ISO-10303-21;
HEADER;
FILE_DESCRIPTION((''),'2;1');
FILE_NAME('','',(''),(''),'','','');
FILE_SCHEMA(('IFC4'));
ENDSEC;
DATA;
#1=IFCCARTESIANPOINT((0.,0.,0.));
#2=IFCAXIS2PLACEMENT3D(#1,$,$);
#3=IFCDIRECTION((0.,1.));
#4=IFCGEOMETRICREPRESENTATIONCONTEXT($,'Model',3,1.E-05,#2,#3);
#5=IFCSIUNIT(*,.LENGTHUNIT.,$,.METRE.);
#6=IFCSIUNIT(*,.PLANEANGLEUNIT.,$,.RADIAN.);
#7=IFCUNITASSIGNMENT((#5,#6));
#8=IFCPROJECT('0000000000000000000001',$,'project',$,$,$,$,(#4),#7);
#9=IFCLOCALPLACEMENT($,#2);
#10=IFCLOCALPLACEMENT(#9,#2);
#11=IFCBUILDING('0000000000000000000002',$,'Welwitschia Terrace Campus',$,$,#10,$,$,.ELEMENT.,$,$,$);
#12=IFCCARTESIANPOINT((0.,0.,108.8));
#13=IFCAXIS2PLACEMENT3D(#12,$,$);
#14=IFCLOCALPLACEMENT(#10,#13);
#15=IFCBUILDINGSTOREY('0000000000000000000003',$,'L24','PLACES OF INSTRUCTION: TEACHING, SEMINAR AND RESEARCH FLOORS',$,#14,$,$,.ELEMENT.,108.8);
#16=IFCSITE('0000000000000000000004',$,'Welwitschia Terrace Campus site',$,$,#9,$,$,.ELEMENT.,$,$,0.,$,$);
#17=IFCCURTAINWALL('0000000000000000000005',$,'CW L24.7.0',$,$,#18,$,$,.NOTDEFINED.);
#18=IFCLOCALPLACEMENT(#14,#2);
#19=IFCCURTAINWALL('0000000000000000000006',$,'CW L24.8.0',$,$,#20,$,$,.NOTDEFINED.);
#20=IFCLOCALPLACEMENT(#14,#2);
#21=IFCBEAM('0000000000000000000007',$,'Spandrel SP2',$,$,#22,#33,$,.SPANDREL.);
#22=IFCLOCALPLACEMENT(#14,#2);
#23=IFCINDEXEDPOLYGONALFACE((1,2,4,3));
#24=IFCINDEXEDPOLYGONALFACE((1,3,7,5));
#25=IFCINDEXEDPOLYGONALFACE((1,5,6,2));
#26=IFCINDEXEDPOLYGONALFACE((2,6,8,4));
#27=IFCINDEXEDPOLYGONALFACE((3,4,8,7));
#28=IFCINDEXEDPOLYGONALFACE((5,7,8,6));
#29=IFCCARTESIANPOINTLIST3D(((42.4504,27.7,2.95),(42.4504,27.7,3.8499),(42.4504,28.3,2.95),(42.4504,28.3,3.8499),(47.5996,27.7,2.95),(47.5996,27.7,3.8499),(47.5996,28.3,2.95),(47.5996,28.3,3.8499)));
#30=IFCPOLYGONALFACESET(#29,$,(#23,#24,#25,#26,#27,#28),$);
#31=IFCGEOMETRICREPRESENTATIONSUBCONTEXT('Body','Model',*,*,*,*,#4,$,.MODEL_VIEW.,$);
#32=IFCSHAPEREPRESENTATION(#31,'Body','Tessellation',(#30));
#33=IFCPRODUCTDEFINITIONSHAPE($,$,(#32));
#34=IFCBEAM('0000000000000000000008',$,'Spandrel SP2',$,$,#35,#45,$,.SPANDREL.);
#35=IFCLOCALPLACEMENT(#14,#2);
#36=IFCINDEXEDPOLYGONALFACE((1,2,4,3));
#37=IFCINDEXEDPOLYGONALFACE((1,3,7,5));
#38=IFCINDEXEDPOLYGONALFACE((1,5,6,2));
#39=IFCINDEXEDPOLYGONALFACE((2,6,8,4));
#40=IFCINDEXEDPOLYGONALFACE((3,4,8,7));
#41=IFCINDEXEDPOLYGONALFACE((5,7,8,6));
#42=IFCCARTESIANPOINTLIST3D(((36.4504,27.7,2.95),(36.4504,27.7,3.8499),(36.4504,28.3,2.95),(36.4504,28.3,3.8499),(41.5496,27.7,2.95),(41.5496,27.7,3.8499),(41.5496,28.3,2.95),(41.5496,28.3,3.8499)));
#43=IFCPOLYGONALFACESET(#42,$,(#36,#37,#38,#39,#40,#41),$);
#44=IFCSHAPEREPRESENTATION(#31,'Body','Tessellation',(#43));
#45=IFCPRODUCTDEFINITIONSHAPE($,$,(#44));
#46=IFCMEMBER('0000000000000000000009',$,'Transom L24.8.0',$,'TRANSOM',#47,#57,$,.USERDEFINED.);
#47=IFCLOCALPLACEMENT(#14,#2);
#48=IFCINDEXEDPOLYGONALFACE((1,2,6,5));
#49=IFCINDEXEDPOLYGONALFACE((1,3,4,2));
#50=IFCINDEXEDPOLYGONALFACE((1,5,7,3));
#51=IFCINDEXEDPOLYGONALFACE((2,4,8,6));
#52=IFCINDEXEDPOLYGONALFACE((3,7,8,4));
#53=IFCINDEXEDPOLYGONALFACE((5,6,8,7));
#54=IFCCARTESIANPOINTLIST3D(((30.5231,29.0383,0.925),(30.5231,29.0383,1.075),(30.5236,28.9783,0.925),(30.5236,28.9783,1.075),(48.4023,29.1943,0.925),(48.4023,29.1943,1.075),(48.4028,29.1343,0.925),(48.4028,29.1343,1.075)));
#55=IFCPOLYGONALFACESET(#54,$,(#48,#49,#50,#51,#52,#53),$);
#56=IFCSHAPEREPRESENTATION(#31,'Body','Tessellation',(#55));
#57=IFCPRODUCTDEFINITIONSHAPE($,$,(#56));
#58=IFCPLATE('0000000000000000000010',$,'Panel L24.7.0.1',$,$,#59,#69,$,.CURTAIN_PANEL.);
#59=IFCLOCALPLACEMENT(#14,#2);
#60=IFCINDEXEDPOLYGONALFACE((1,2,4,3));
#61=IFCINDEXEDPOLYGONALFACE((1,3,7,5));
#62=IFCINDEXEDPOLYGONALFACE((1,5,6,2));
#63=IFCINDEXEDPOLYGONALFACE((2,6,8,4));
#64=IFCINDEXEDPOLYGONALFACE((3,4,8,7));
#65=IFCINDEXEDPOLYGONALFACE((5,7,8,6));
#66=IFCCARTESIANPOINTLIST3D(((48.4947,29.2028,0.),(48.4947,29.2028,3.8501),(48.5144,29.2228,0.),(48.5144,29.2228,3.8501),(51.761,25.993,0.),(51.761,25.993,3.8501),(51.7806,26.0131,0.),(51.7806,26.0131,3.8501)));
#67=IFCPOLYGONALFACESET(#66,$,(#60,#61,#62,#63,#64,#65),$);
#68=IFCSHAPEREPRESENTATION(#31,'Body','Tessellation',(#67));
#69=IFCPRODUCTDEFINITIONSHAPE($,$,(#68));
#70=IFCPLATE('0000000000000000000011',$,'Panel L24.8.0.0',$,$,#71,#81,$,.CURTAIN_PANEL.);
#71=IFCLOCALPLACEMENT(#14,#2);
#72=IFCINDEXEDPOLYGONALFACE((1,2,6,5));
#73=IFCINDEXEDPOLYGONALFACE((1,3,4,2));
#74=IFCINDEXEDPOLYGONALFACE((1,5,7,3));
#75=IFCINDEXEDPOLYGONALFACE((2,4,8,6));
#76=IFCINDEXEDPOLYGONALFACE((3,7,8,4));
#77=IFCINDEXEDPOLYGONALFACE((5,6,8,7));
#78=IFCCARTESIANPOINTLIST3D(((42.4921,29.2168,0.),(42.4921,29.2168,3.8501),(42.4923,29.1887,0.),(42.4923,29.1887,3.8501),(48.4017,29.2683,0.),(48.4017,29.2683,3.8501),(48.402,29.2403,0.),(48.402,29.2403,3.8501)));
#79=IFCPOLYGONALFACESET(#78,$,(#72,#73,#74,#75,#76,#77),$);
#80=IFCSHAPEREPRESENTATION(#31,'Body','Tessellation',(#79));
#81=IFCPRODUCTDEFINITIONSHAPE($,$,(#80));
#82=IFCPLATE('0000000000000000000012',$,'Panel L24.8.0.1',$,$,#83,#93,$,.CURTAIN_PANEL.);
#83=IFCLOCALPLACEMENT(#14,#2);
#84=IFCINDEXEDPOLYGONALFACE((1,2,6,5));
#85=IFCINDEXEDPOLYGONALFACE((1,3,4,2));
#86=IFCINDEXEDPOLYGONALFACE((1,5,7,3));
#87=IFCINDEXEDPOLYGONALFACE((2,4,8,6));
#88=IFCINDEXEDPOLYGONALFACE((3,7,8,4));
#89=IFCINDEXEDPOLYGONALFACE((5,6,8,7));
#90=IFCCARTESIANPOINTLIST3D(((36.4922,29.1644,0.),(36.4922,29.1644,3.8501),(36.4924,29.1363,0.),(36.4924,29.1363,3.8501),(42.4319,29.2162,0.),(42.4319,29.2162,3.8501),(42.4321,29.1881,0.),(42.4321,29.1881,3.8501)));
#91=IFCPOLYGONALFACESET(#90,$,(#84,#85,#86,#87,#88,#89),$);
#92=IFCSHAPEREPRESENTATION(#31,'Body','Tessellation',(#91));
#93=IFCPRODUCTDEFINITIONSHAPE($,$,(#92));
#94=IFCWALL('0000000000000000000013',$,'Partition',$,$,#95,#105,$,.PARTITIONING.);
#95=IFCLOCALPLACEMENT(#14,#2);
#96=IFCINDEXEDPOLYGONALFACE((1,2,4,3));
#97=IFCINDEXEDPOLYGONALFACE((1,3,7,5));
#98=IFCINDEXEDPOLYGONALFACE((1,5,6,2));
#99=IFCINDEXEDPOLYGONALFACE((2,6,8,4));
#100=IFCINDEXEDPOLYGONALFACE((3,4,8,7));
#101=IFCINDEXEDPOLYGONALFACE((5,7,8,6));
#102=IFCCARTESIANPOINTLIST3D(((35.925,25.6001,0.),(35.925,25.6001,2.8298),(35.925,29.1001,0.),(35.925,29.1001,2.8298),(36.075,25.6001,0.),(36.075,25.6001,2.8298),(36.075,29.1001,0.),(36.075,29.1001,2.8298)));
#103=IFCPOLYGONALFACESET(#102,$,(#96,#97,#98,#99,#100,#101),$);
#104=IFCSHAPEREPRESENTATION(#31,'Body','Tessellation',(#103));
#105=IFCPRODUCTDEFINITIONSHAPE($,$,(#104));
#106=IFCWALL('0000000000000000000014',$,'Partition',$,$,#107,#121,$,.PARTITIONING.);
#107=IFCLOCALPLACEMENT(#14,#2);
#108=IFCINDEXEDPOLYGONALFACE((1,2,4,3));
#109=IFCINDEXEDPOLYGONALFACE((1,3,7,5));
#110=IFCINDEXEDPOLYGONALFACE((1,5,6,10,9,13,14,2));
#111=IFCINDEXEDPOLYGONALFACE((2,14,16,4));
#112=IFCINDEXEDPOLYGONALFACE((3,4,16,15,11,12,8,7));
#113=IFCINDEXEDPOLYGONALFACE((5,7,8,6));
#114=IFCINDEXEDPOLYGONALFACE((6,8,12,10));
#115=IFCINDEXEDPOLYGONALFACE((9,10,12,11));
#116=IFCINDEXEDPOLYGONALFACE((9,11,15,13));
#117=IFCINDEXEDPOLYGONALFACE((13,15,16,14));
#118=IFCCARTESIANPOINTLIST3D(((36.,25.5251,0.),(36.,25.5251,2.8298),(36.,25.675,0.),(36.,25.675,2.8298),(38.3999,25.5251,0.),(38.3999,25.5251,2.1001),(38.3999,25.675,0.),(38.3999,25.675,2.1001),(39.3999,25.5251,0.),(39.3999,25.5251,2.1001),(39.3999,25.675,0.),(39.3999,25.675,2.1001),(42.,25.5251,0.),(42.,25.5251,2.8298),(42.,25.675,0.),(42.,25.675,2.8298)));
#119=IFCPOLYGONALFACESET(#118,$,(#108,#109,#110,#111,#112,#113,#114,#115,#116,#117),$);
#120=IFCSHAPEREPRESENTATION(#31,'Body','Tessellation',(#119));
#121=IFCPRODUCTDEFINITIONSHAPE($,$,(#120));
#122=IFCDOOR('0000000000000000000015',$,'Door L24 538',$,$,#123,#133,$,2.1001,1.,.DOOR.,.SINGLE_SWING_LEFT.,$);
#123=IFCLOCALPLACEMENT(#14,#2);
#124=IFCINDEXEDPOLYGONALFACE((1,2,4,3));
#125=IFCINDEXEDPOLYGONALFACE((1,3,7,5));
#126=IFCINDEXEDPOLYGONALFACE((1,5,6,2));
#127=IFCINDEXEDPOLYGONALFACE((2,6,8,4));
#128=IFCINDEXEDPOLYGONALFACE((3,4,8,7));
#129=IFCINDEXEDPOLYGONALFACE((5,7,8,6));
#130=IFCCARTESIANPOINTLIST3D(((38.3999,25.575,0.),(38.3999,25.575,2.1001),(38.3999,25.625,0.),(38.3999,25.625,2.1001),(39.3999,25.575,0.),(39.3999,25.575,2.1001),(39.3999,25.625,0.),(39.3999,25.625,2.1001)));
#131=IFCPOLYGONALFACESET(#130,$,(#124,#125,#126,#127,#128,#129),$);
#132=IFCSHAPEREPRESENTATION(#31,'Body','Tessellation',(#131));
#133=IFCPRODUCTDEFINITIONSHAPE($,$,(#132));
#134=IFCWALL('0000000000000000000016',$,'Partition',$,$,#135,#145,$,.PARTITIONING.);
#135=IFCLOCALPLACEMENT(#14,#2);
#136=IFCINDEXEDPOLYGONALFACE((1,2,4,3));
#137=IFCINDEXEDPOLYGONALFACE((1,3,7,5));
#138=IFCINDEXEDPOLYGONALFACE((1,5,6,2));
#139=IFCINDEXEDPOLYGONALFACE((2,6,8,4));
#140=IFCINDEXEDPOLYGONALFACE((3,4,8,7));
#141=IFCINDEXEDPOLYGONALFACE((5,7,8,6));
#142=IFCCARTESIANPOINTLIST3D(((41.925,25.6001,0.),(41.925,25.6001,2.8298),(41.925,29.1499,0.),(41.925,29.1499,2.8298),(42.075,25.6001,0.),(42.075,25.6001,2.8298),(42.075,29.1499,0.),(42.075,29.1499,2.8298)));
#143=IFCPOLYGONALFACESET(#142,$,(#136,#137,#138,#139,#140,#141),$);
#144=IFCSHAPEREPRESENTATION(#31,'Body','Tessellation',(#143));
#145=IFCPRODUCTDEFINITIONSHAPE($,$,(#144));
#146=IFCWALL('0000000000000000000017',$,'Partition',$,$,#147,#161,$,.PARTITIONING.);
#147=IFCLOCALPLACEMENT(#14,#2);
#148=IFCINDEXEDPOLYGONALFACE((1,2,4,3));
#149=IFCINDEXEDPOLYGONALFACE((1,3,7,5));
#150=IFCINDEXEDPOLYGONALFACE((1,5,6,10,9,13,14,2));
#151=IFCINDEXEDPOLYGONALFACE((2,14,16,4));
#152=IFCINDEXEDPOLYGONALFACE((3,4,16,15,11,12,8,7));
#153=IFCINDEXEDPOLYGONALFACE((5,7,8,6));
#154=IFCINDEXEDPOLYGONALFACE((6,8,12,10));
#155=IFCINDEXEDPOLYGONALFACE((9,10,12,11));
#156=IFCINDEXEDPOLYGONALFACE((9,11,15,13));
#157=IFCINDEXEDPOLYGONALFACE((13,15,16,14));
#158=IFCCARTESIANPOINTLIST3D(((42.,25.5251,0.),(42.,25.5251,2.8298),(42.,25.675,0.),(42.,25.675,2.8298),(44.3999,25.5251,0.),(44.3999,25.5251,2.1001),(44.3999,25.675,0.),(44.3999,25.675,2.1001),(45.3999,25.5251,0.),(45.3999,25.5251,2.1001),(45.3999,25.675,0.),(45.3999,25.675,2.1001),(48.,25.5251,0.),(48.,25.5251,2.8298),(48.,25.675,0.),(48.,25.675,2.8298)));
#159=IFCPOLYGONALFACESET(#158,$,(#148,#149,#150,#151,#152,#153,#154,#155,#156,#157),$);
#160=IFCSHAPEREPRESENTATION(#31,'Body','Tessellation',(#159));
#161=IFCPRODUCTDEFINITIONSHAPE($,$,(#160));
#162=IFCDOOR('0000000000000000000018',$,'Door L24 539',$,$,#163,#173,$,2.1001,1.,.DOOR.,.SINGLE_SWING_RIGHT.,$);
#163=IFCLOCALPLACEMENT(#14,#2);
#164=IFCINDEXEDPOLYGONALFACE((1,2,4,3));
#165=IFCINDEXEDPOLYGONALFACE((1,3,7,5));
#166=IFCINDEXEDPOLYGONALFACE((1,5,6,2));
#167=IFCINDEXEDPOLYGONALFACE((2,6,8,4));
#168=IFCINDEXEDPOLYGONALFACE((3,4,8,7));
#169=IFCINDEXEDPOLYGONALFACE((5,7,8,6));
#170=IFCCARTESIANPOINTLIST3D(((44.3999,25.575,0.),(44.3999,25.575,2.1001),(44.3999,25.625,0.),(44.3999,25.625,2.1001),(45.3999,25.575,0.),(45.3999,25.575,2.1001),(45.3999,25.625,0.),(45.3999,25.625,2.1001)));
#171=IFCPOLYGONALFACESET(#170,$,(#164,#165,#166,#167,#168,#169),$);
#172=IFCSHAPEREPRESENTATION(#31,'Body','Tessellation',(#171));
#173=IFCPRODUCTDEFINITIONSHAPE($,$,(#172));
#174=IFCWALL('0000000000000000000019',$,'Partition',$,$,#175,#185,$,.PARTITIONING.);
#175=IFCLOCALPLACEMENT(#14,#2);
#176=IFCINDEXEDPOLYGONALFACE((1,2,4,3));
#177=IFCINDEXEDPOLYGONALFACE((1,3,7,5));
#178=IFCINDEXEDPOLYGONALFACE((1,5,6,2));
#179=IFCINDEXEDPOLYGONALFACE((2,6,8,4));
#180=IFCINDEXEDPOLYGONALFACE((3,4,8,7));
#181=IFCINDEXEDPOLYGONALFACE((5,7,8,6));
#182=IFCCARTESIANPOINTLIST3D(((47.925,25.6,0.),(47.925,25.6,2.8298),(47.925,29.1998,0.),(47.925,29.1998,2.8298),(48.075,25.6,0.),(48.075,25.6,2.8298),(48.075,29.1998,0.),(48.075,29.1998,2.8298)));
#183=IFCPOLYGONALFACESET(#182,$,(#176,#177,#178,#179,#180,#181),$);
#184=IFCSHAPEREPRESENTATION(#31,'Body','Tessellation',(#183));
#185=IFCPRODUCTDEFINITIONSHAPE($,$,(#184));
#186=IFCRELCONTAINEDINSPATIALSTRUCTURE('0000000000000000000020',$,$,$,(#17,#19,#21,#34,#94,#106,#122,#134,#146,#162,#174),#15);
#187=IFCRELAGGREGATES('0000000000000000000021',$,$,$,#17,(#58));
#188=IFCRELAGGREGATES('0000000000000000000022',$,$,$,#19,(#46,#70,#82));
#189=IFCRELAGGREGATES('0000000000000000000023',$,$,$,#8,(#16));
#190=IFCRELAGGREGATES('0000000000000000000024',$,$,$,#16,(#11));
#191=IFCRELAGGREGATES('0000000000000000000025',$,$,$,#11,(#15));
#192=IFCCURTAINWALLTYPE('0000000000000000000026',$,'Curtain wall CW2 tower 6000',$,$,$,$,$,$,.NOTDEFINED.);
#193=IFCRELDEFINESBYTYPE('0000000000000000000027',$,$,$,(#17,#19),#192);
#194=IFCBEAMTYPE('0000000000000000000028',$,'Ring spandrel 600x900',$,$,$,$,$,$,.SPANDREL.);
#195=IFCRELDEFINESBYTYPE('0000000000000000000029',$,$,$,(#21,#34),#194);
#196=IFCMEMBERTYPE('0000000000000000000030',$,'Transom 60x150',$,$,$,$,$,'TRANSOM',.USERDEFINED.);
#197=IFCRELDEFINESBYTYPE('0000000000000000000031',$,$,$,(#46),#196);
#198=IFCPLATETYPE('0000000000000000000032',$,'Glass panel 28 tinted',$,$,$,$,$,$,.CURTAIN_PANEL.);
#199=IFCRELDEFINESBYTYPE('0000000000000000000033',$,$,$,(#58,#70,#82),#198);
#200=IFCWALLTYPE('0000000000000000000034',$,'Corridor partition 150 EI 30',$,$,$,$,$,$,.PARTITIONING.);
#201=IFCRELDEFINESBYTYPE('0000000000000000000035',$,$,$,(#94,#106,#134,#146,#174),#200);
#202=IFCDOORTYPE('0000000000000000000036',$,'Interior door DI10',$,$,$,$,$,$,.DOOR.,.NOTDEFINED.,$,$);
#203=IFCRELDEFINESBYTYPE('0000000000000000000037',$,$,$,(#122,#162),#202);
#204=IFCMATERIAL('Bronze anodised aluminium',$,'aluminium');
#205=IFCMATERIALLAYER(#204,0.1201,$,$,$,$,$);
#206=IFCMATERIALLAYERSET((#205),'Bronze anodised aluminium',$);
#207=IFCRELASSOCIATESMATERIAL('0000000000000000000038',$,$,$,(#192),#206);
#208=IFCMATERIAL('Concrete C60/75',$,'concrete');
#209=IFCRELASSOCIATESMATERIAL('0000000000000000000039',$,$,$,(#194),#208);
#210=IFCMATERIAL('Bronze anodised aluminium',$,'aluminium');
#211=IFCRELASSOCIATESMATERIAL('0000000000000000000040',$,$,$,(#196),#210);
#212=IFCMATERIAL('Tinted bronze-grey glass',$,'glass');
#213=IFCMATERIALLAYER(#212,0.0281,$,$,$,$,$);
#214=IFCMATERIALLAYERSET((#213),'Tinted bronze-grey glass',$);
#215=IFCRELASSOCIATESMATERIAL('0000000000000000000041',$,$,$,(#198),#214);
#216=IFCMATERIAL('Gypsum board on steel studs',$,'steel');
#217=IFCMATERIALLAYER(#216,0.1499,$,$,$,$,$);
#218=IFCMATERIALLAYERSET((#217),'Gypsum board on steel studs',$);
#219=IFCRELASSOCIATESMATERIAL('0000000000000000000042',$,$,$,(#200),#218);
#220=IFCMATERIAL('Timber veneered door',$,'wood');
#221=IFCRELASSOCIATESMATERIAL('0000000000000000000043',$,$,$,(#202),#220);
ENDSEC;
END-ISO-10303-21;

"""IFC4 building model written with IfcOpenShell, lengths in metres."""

from ifc_helpers import new_model, si_unit, direction, frame, frame_2d, origin, origin_2d, place, context, subcontext, project, spatial, rectangle, extrude, material, layer, layer_set, material_profile, profile_set, type_object, element, fill, aggregate, save


model = new_model("IFC4")

# Units and contexts
model_context = context("Model", 3, precision=1e-05, world=origin(), true_north=direction((0.0, 1.0)))
body_context = subcontext(model_context, "Body", "Model", "MODEL_VIEW")
ifc_project = project(units=[si_unit("LENGTHUNIT", "METRE"), si_unit("PLANEANGLEUNIT", "RADIAN")], contexts=[model_context])

# Site, building, storey
site_placement = place(None, origin())
site = spatial("IfcSite", under=ifc_project, at=site_placement, Name="Welwitschia Terrace Campus site", CompositionType="ELEMENT", RefElevation=0.0)
building_placement = place(site_placement, origin())
building = spatial("IfcBuilding", under=site, at=building_placement, Name="Welwitschia Terrace Campus", CompositionType="ELEMENT")
storey_placement = place(building_placement, frame((0.0, 0.0, 108.8)))
storey = spatial("IfcBuildingStorey", under=building, at=storey_placement, Name="L24", Description="PLACES OF INSTRUCTION: TEACHING, SEMINAR AND RESEARCH FLOORS", CompositionType="ELEMENT", Elevation=108.8)

# Curtain walls
ifc_material_1 = material(Name="Bronze anodised aluminium", Category="aluminium")
ifc_layer_1 = layer(ifc_material_1, 0.1201)
ifc_layer_set_1 = layer_set([ifc_layer_1], Name="Bronze anodised aluminium")
curtain_wall_type = type_object("IfcCurtainWallType", Name="Curtain wall CW2 tower 6000", PredefinedType="NOTDEFINED", material=ifc_layer_set_1)
curtain_wall_1_placement = place(storey_placement, origin())
curtain_wall_1 = element("IfcCurtainWall", 1, at=curtain_wall_1_placement, inside=storey, type_object=curtain_wall_type, Name="CW L24.7.0", PredefinedType="NOTDEFINED")
curtain_wall_2_placement = place(storey_placement, origin())
curtain_wall_2 = element("IfcCurtainWall", 2, at=curtain_wall_2_placement, inside=storey, type_object=curtain_wall_type, Name="CW L24.8.0", PredefinedType="NOTDEFINED")

# Beams
ifc_material_2 = material(Name="Concrete C60/75", Category="concrete")
ifc_material_profile_1 = material_profile(ifc_material_2, rectangle(XDim=0.6001, YDim=0.8999, at=origin_2d()))
ifc_profile_set_1 = profile_set([ifc_material_profile_1], Name="Concrete C60/75")
beam_type_1 = type_object("IfcBeamType", Name="Ring spandrel 600x900", PredefinedType="SPANDREL", material=ifc_profile_set_1)
beam_1_placement = place(storey_placement, frame((47.5996, 28.0, 3.3999), z_axis=(-1.0, 0.0, 0.0), x_axis=(0.0, -1.0, 0.0)))
element("IfcBeam", 3, at=beam_1_placement, inside=storey, type_object=beam_type_1, Name="Spandrel SP2", PredefinedType="SPANDREL", context=body_context, shape_type="SweptSolid", body=[
    extrude(rectangle(XDim=0.6001, YDim=0.8999, at=origin_2d()), origin(), (0.0, 0.0, 1.0), 5.1492),
])
beam_2_placement = place(storey_placement, frame((41.5496, 28.0, 3.3999), z_axis=(-1.0, 0.0, 0.0), x_axis=(0.0, -1.0, 0.0)))
element("IfcBeam", 4, at=beam_2_placement, inside=storey, type_object=beam_type_1, Name="Spandrel SP2", PredefinedType="SPANDREL", context=body_context, shape_type="SweptSolid", body=[
    extrude(rectangle(XDim=0.6001, YDim=0.8999, at=origin_2d()), origin(), (0.0, 0.0, 1.0), 5.0991),
])

# Member
ifc_material_3 = material(Name="Bronze anodised aluminium", Category="aluminium")
ifc_material_profile_2 = material_profile(ifc_material_3, rectangle(XDim=0.0601, YDim=0.1499, at=origin_2d()))
ifc_profile_set_2 = profile_set([ifc_material_profile_2], Name="Bronze anodised aluminium")
member_type_1 = type_object("IfcMemberType", Name="Transom 60x150", ElementType="TRANSOM", PredefinedType="USERDEFINED", material=ifc_profile_set_2)
member_1_placement = place(storey_placement, frame((48.4026, 29.1643, 1.0), z_axis=(-0.999962, -0.008725, 0.0), x_axis=(0.008725, -0.999962, 0.0)))
member_1 = element("IfcMember", 5, at=member_1_placement, type_object=member_type_1, Name="Transom L24.8.0", ObjectType="TRANSOM", PredefinedType="USERDEFINED", context=body_context, shape_type="SweptSolid", body=[
    extrude(rectangle(XDim=0.0601, YDim=0.1499, at=origin_2d()), origin(), (0.0, 0.0, 1.0), 17.8799),
])

# Plates
ifc_material_4 = material(Name="Tinted bronze-grey glass", Category="glass")
ifc_layer_2 = layer(ifc_material_4, 0.0281)
ifc_layer_set_2 = layer_set([ifc_layer_2], Name="Tinted bronze-grey glass")
plate_type = type_object("IfcPlateType", Name="Glass panel 28 tinted", PredefinedType="CURTAIN_PANEL", material=ifc_layer_set_2)
plate_1_placement = place(storey_placement, frame((50.1377, 27.6079, 0.0), z_axis=(0.0, 0.0, 1.0), x_axis=(-0.71325, 0.700909, 0.0)))
plate_1 = element("IfcPlate", 6, at=plate_1_placement, type_object=plate_type, Name="Panel L24.7.0.1", PredefinedType="CURTAIN_PANEL", context=body_context, shape_type="SweptSolid", body=[
    extrude(rectangle(XDim=4.5793, YDim=0.0281, at=origin_2d()), origin(), (0.0, 0.0, 1.0), 3.8501),
])
aggregate(curtain_wall_1, [plate_1])
plate_2_placement = place(storey_placement, frame((45.447, 29.2285, 0.0), z_axis=(0.0, 0.0, 1.0), x_axis=(-0.999962, -0.008727, 0.0)))
plate_2 = element("IfcPlate", 7, at=plate_2_placement, type_object=plate_type, Name="Panel L24.8.0.0", PredefinedType="CURTAIN_PANEL", context=body_context, shape_type="SweptSolid", body=[
    extrude(rectangle(XDim=5.9099, YDim=0.0281, at=origin_2d()), origin(), (0.0, 0.0, 1.0), 3.8501),
])
plate_3_placement = place(storey_placement, frame((39.4622, 29.1763, 0.0), z_axis=(0.0, 0.0, 1.0), x_axis=(-0.999962, -0.008727, 0.0)))
plate_3 = element("IfcPlate", 8, at=plate_3_placement, type_object=plate_type, Name="Panel L24.8.0.1", PredefinedType="CURTAIN_PANEL", context=body_context, shape_type="SweptSolid", body=[
    extrude(rectangle(XDim=5.9399, YDim=0.0281, at=origin_2d()), origin(), (0.0, 0.0, 1.0), 3.8501),
])
aggregate(curtain_wall_2, [member_1, plate_2, plate_3])

# Wall
ifc_material_5 = material(Name="Gypsum board on steel studs", Category="steel")
ifc_layer_3 = layer(ifc_material_5, 0.1499)
ifc_layer_set_3 = layer_set([ifc_layer_3], Name="Gypsum board on steel studs")
wall_type = type_object("IfcWallType", Name="Corridor partition 150 EI 30", PredefinedType="PARTITIONING", material=ifc_layer_set_3)
wall_1_placement = place(storey_placement, frame((36.0, 25.6001, 0.0), z_axis=(0.0, 0.0, 1.0), x_axis=(0.0, 1.0, 0.0)))
element("IfcWall", 9, at=wall_1_placement, inside=storey, type_object=wall_type, Name="Partition", PredefinedType="PARTITIONING", context=body_context, shape_type="SweptSolid", body=[
    extrude(rectangle(XDim=3.5, YDim=0.1499, at=frame_2d((1.75, 0.0))), origin(), (0.0, 0.0, 1.0), 2.8298),
])

# Wall, opening, door
wall_2_placement = place(storey_placement, frame((36.0, 25.6001, 0.0), z_axis=(0.0, 0.0, 1.0), x_axis=(1.0, 0.0, 0.0)))
wall_2 = element("IfcWall", 10, at=wall_2_placement, inside=storey, type_object=wall_type, Name="Partition", PredefinedType="PARTITIONING", context=body_context, shape_type="SweptSolid", body=[
    extrude(rectangle(XDim=6.0, YDim=0.1499, at=frame_2d((3.0, 0.0))), origin(), (0.0, 0.0, 1.0), 2.8298),
])
opening_1_placement = place(wall_2_placement, frame((2.3999, 0.0, 0.0)))
opening_1 = element("IfcOpeningElement", 11, at=opening_1_placement, cuts=wall_2, PredefinedType="OPENING", context=body_context, shape_type="SweptSolid", body=[
    extrude(rectangle(XDim=1.0, YDim=2.1001, at=frame_2d((0.5, 1.05))), frame((0.0, 0.085, 0.0), z_axis=(0.0, -1.0, 0.0), x_axis=(1.0, 0.0, 0.0)), (0.0, 0.0, 1.0), 0.1699),
])
ifc_material_6 = material(Name="Timber veneered door", Category="wood")
door_type = type_object("IfcDoorType", Name="Interior door DI10", OperationType="NOTDEFINED", PredefinedType="DOOR", material=ifc_material_6)
door_1_placement = place(opening_1_placement, origin())
door_1 = element("IfcDoor", 12, at=door_1_placement, inside=storey, type_object=door_type, Name="Door L24 538", OperationType="SINGLE_SWING_LEFT", OverallHeight=2.1001, OverallWidth=1.0, PredefinedType="DOOR", context=body_context, shape_type="SweptSolid", body=[
    extrude(rectangle(XDim=1.0, YDim=2.1001, at=frame_2d((0.5, 1.05))), frame((0.0, 0.0249, 0.0), z_axis=(0.0, -1.0, 0.0), x_axis=(1.0, 0.0, 0.0)), (0.0, 0.0, 1.0), 0.05),
])
fill(opening_1, door_1)

# Wall
wall_3_placement = place(storey_placement, frame((42.0, 25.6001, 0.0), z_axis=(0.0, 0.0, 1.0), x_axis=(0.0, 1.0, 0.0)))
element("IfcWall", 13, at=wall_3_placement, inside=storey, type_object=wall_type, Name="Partition", PredefinedType="PARTITIONING", context=body_context, shape_type="SweptSolid", body=[
    extrude(rectangle(XDim=3.5498, YDim=0.1499, at=frame_2d((1.7749, 0.0))), origin(), (0.0, 0.0, 1.0), 2.8298),
])

# Wall, opening, door
wall_4_placement = place(storey_placement, frame((42.0, 25.6001, 0.0), z_axis=(0.0, 0.0, 1.0), x_axis=(1.0, 0.0, 0.0)))
wall_4 = element("IfcWall", 14, at=wall_4_placement, inside=storey, type_object=wall_type, Name="Partition", PredefinedType="PARTITIONING", context=body_context, shape_type="SweptSolid", body=[
    extrude(rectangle(XDim=6.0, YDim=0.1499, at=frame_2d((3.0, 0.0))), origin(), (0.0, 0.0, 1.0), 2.8298),
])
opening_2_placement = place(wall_4_placement, frame((2.3999, 0.0, 0.0)))
opening_2 = element("IfcOpeningElement", 15, at=opening_2_placement, cuts=wall_4, PredefinedType="OPENING", context=body_context, shape_type="SweptSolid", body=[
    extrude(rectangle(XDim=1.0, YDim=2.1001, at=frame_2d((0.5, 1.05))), frame((0.0, 0.085, 0.0), z_axis=(0.0, -1.0, 0.0), x_axis=(1.0, 0.0, 0.0)), (0.0, 0.0, 1.0), 0.1699),
])
door_2_placement = place(opening_2_placement, origin())
door_2 = element("IfcDoor", 16, at=door_2_placement, inside=storey, type_object=door_type, Name="Door L24 539", OperationType="SINGLE_SWING_RIGHT", OverallHeight=2.1001, OverallWidth=1.0, PredefinedType="DOOR", context=body_context, shape_type="SweptSolid", body=[
    extrude(rectangle(XDim=1.0, YDim=2.1001, at=frame_2d((0.5, 1.05))), frame((0.0, 0.0249, 0.0), z_axis=(0.0, -1.0, 0.0), x_axis=(1.0, 0.0, 0.0)), (0.0, 0.0, 1.0), 0.05),
])
fill(opening_2, door_2)

# Wall
wall_5_placement = place(storey_placement, frame((48.0, 25.6001, 0.0), z_axis=(0.0, 0.0, 1.0), x_axis=(0.0, 1.0, 0.0)))
element("IfcWall", 17, at=wall_5_placement, inside=storey, type_object=wall_type, Name="Partition", PredefinedType="PARTITIONING", context=body_context, shape_type="SweptSolid", body=[
    extrude(rectangle(XDim=3.5999, YDim=0.1499, at=frame_2d((1.7998, 0.0))), origin(), (0.0, 0.0, 1.0), 2.8298),
])

save(model, "model.ifc")
